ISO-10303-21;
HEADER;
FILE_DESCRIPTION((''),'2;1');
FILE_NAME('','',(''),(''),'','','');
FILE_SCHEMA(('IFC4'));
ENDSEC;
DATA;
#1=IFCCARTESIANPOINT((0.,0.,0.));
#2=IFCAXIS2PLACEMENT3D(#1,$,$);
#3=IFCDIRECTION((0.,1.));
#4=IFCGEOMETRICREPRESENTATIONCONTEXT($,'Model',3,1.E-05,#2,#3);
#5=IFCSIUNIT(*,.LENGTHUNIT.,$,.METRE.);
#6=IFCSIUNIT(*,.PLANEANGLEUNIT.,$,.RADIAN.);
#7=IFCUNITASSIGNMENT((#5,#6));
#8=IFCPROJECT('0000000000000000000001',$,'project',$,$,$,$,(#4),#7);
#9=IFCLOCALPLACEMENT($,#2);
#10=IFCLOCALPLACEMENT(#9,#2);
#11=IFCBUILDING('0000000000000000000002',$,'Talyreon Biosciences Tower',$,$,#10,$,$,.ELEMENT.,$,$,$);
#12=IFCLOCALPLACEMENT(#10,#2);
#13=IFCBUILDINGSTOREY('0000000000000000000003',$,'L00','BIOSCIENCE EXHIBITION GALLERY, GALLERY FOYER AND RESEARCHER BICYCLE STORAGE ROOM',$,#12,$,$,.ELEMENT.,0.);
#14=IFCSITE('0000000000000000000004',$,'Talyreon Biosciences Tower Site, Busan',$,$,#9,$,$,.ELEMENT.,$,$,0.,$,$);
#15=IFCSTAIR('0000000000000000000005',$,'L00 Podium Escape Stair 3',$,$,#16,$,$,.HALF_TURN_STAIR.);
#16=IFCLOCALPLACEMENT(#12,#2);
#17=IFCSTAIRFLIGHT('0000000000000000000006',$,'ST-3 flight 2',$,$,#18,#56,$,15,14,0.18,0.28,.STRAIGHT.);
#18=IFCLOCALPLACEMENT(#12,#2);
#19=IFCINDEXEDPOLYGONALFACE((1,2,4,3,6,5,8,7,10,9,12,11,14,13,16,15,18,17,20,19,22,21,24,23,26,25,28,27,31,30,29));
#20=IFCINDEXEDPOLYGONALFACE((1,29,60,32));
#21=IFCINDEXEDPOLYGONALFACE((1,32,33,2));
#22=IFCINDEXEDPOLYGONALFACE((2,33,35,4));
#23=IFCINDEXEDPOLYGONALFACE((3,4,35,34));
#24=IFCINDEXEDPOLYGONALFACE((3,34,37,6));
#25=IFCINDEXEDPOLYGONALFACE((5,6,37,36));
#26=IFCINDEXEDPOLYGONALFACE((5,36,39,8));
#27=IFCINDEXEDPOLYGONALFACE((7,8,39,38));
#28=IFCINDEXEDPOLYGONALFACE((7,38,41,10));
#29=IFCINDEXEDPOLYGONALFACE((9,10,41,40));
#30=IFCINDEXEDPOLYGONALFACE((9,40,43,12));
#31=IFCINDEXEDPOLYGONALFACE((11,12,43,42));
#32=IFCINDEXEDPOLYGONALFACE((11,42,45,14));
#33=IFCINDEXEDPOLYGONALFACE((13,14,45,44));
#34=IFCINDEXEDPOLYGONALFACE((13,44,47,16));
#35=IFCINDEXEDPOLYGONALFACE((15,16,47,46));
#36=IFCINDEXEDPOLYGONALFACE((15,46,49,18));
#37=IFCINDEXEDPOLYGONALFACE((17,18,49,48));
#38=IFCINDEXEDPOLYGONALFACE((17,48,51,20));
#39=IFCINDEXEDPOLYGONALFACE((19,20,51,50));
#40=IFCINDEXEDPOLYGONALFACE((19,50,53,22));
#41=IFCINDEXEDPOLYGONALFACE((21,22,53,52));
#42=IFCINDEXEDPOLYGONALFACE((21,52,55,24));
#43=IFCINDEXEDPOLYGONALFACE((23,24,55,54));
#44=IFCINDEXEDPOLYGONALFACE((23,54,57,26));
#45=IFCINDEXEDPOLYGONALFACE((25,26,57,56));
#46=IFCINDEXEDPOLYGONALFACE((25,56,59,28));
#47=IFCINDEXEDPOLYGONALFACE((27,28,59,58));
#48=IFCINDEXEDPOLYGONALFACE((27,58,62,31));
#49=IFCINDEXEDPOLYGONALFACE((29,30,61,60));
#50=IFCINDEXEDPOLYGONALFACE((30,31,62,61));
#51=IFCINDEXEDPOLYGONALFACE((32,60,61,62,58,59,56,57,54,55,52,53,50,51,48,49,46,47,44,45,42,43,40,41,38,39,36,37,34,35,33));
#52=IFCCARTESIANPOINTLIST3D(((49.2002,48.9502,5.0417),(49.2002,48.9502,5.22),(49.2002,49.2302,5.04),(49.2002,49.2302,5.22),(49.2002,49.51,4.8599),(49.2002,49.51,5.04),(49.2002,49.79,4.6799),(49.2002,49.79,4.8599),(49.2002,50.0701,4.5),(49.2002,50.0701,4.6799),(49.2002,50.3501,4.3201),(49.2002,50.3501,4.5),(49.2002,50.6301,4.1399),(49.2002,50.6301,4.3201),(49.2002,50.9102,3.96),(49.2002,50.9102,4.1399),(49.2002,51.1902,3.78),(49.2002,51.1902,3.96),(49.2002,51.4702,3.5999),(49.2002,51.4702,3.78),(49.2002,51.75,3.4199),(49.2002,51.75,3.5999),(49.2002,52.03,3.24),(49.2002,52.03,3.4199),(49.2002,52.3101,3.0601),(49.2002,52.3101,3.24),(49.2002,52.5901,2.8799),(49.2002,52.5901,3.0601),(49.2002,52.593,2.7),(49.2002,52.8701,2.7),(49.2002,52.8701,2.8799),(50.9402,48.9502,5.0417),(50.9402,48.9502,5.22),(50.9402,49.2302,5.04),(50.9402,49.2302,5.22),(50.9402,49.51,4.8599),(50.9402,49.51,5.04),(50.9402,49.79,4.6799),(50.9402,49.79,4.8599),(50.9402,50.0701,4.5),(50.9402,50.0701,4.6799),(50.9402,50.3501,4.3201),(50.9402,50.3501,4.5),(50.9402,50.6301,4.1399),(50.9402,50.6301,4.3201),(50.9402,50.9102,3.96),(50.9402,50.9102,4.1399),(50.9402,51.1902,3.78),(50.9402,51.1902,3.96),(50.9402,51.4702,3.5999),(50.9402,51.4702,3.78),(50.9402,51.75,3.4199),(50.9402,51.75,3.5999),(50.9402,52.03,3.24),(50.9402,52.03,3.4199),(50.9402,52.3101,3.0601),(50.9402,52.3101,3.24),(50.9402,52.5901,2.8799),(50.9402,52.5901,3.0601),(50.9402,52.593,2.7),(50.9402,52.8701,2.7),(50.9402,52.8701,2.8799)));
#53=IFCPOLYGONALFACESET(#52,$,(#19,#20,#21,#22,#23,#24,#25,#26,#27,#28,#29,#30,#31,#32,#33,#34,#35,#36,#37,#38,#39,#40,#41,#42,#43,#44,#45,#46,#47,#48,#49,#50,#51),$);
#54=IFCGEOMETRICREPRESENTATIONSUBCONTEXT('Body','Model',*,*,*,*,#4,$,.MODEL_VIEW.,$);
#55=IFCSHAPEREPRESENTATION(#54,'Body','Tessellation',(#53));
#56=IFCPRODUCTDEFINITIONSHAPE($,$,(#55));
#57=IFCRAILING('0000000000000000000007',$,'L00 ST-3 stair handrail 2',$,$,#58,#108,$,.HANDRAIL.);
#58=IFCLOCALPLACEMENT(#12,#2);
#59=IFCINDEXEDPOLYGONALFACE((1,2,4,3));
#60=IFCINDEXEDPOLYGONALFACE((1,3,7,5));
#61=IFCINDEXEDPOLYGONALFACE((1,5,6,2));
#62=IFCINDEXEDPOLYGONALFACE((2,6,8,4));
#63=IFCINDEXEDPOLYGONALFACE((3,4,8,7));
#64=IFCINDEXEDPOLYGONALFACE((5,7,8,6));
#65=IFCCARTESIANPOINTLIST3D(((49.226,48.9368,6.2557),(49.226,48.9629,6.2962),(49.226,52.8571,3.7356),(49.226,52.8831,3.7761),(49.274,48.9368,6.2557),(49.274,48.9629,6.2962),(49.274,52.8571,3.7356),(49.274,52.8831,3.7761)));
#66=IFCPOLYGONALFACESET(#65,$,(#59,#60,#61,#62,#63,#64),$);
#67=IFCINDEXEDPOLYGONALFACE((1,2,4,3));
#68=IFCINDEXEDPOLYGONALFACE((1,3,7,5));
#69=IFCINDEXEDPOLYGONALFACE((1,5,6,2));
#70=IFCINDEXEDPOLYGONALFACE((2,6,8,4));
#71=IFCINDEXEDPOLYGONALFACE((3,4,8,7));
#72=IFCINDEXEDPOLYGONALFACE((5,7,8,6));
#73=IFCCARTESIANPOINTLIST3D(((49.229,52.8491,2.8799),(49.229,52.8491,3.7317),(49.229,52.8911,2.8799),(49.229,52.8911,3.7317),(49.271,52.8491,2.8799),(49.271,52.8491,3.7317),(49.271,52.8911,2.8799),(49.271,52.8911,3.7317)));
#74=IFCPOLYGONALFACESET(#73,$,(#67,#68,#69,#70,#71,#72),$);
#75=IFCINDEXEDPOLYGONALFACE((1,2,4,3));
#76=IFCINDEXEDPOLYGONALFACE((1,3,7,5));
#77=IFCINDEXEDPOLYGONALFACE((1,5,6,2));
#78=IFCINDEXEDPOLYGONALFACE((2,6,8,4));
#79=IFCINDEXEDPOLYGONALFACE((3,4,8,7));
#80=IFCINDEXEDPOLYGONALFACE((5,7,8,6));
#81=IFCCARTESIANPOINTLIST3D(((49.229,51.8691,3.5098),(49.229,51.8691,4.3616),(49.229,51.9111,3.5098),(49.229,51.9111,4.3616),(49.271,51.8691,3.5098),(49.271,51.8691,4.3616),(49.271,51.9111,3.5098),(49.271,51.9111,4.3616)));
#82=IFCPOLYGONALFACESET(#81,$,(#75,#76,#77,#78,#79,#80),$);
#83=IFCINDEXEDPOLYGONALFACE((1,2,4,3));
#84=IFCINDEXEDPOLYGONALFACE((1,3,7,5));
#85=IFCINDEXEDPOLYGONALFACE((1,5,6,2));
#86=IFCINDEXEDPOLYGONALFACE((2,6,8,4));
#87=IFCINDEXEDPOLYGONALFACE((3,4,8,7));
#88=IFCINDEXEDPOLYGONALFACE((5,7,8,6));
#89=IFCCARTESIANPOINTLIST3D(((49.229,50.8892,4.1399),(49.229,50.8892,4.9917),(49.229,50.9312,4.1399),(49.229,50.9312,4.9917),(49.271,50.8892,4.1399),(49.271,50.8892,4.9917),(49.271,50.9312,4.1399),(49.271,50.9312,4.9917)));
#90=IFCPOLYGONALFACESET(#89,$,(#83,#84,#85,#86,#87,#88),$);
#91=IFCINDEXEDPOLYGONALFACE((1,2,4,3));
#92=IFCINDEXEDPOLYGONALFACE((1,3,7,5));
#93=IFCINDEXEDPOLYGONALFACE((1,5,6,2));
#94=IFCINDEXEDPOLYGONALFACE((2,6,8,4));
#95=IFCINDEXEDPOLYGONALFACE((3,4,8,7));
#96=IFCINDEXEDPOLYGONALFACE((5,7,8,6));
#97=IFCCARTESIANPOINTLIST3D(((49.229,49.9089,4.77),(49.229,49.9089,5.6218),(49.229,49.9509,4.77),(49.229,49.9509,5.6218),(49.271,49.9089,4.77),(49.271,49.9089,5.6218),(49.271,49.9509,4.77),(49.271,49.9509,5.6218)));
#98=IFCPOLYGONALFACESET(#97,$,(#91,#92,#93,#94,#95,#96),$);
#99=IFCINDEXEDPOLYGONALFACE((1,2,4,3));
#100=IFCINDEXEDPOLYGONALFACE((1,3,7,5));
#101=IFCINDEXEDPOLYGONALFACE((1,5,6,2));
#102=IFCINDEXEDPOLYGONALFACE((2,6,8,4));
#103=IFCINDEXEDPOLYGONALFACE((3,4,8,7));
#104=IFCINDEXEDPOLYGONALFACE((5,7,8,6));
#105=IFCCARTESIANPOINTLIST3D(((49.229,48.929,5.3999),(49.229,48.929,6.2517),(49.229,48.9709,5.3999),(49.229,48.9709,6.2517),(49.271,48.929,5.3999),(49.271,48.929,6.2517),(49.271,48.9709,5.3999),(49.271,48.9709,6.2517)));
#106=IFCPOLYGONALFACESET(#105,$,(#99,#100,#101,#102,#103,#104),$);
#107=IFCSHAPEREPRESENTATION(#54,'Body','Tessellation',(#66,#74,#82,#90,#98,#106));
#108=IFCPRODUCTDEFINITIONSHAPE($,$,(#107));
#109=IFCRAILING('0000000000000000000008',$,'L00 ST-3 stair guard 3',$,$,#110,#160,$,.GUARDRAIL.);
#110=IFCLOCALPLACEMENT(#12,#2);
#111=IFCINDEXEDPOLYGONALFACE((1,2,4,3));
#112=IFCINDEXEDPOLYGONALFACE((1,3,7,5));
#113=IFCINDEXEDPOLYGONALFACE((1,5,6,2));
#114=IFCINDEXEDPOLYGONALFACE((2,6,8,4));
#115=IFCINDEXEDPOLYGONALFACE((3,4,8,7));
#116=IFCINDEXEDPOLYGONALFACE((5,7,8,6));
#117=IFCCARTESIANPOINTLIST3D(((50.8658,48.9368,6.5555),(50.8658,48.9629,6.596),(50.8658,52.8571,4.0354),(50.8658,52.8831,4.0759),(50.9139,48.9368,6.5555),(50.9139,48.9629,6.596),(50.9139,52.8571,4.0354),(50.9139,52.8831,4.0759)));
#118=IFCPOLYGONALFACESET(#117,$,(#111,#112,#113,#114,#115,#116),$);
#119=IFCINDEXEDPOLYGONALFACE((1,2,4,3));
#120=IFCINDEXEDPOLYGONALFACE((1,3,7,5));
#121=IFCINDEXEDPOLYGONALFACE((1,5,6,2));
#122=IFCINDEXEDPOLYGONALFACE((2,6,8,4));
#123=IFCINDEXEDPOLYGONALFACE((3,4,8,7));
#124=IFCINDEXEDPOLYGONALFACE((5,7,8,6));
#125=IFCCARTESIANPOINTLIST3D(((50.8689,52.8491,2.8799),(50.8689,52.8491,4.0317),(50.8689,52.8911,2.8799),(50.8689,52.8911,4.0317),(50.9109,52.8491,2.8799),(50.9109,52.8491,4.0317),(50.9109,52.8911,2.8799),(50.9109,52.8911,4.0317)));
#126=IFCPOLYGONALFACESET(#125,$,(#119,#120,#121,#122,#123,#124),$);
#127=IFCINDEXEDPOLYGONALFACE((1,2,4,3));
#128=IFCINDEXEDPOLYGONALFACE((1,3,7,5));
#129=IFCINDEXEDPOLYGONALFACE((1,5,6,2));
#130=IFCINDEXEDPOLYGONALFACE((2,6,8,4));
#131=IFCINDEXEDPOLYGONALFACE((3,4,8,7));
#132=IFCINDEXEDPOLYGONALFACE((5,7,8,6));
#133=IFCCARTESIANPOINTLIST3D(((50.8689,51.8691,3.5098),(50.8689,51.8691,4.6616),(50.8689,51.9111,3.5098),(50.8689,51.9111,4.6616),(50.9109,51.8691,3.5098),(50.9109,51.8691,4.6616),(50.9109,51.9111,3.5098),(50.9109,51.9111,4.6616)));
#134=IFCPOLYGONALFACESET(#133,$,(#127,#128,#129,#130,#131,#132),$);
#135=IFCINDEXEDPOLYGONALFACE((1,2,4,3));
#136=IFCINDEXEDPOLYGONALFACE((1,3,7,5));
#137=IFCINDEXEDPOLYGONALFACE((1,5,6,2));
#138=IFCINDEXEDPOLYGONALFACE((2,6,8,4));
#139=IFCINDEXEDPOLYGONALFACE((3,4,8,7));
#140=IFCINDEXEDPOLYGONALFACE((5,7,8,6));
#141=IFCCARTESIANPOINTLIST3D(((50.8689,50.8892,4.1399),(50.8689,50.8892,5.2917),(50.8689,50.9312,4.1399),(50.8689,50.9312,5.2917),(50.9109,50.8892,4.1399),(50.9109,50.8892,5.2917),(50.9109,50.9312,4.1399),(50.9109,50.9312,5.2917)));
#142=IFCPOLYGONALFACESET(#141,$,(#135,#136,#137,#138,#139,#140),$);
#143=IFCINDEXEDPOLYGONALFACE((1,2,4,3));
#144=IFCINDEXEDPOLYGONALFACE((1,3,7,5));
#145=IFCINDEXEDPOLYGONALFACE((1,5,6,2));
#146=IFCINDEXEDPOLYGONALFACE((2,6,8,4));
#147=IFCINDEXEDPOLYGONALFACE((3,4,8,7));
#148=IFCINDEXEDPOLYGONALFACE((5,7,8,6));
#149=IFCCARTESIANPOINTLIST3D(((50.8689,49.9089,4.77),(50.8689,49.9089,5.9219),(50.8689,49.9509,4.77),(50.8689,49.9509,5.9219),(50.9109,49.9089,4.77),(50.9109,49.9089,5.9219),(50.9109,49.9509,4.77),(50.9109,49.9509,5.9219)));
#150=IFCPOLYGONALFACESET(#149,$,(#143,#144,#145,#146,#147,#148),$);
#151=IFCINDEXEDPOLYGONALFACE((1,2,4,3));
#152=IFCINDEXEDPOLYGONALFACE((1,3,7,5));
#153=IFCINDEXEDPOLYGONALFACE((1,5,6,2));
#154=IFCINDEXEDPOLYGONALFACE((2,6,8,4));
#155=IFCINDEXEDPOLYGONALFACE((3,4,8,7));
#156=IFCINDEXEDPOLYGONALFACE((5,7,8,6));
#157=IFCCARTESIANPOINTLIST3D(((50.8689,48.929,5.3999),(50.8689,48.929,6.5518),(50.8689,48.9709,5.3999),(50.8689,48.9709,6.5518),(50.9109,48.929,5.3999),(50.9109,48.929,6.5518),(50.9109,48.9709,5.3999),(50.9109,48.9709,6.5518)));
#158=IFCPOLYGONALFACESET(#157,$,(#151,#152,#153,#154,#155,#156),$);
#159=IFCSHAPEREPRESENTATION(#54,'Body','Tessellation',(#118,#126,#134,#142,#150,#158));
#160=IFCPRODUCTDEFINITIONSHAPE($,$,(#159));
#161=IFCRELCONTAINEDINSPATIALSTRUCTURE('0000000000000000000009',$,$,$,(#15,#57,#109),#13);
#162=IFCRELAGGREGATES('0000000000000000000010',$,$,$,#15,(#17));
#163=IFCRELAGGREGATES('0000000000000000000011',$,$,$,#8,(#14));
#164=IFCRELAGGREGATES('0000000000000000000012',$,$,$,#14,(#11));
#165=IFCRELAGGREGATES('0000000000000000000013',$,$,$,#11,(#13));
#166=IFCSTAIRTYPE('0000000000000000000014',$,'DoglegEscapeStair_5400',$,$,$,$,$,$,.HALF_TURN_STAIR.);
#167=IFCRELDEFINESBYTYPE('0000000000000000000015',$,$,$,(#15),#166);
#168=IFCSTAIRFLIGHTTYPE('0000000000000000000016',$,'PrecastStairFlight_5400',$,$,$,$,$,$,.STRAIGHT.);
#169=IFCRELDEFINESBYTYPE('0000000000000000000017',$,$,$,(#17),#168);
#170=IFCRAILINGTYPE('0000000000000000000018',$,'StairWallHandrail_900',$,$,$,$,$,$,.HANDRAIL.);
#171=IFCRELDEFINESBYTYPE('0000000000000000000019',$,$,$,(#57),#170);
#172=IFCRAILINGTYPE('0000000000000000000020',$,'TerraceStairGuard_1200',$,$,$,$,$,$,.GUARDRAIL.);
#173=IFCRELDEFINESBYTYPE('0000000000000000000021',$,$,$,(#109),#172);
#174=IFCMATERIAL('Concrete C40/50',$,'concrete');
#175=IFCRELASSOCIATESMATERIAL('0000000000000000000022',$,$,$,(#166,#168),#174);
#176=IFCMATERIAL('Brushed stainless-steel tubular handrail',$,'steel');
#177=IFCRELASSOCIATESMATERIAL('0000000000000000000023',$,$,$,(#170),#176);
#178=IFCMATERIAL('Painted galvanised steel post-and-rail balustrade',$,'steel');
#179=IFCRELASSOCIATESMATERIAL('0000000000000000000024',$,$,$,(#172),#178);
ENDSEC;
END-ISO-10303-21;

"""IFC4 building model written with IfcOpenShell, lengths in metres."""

from ifc_helpers import new_model, si_unit, direction, frame, origin, origin_2d, place, context, subcontext, project, spatial, polyline, rectangle, outline, extrude, material, type_object, element, aggregate, save


model = new_model("IFC4")

# Units and contexts
model_context = context("Model", 3, precision=1e-05, world=origin(), true_north=direction((0.0, 1.0)))
body_context = subcontext(model_context, "Body", "Model", "MODEL_VIEW")
ifc_project = project(units=[si_unit("LENGTHUNIT", "METRE"), si_unit("PLANEANGLEUNIT", "RADIAN")], contexts=[model_context])

# Site, building, storey
site_placement = place(None, origin())
site = spatial("IfcSite", under=ifc_project, at=site_placement, Name="Talyreon Biosciences Tower Site, Busan", CompositionType="ELEMENT", RefElevation=0.0)
building_placement = place(site_placement, origin())
building = spatial("IfcBuilding", under=site, at=building_placement, Name="Talyreon Biosciences Tower", CompositionType="ELEMENT")
storey_placement = place(building_placement, origin())
storey = spatial("IfcBuildingStorey", under=building, at=storey_placement, Name="L00", Description="BIOSCIENCE EXHIBITION GALLERY, GALLERY FOYER AND RESEARCHER BICYCLE STORAGE ROOM", CompositionType="ELEMENT", Elevation=0.0)

# Stair, stair flight
ifc_material_1 = material(Name="Concrete C40/50", Category="concrete")
stair_type = type_object("IfcStairType", Name="DoglegEscapeStair_5400", PredefinedType="HALF_TURN_STAIR", material=ifc_material_1)
stair_placement = place(storey_placement, origin())
stair = element("IfcStair", 1, at=stair_placement, inside=storey, type_object=stair_type, Name="L00 Podium Escape Stair 3", PredefinedType="HALF_TURN_STAIR")
stair_flight_type = type_object("IfcStairFlightType", Name="PrecastStairFlight_5400", PredefinedType="STRAIGHT", material=ifc_material_1)
stair_flight_placement = place(storey_placement, frame((50.0701, 52.8701, 2.7), z_axis=(0.0, 0.0, 1.0), x_axis=(0.0, -1.0, 0.0)))
stair_flight = element("IfcStairFlight", 2, at=stair_flight_placement, type_object=stair_flight_type, Name="ST-3 flight 2", NumberOfRisers=15, NumberOfTreads=14, PredefinedType="STRAIGHT", RiserHeight=0.18, TreadLength=0.28, context=body_context, shape_type="SweptSolid", body=[
    extrude(outline(polyline([(0.0, 0.0), (0.0, 0.1799), (0.28, 0.1799), (0.28, 0.3601), (0.5601, 0.3601), (0.5601, 0.54), (0.8401, 0.54), (0.8401, 0.72), (1.1201, 0.72), (1.1201, 0.8999), (1.3999, 0.8999), (1.3999, 1.0801), (1.6799, 1.0801), (1.6799, 1.26), (1.96, 1.26), (1.96, 1.4399), (2.24, 1.4399), (2.24, 1.6201), (2.52, 1.6201), (2.52, 1.8), (2.8, 1.8), (2.8, 1.98), (3.0801, 1.98), (3.0801, 2.1599), (3.3601, 2.1599), (3.3601, 2.3401), (3.6399, 2.3401), (3.6399, 2.52), (3.9199, 2.52), (3.9199, 2.7), (3.9199, 2.3418), (0.2771, 0.0), (0.0, 0.0)])), frame((0.0, 0.8701, 0.0), z_axis=(0.0, -1.0, 0.0), x_axis=(1.0, 0.0, 0.0)), (0.0, 0.0, 1.0), 1.74),
])
aggregate(stair, [stair_flight])

# Railings
ifc_material_2 = material(Name="Brushed stainless-steel tubular handrail", Category="steel")
railing_type_1 = type_object("IfcRailingType", Name="StairWallHandrail_900", PredefinedType="HANDRAIL", material=ifc_material_2)
railing_1_placement = place(storey_placement, frame((49.25, 52.8701, 2.8799)))
element("IfcRailing", 3, at=railing_1_placement, inside=storey, type_object=railing_type_1, Name="L00 ST-3 stair handrail 2", PredefinedType="HANDRAIL", context=body_context, shape_type="SweptSolid", body=[
    extrude(rectangle(XDim=0.0481, YDim=0.0481, at=origin_2d()), frame((0.0, 0.0, 0.876), z_axis=(0.0, -0.841187, 0.540744), x_axis=(1.0, 0.0, 0.0)), (0.0, 0.0, 1.0), 4.6604),
    extrude(rectangle(XDim=0.042, YDim=0.042, at=origin_2d()), origin(), (0.0, 0.0, 1.0), 0.8518),
    extrude(rectangle(XDim=0.042, YDim=0.042, at=origin_2d()), frame((0.0, -0.98, 0.6299)), (0.0, 0.0, 1.0), 0.8518),
    extrude(rectangle(XDim=0.042, YDim=0.042, at=origin_2d()), frame((0.0, -1.96, 1.26)), (0.0, 0.0, 1.0), 0.8518),
    extrude(rectangle(XDim=0.042, YDim=0.042, at=origin_2d()), frame((0.0, -2.9402, 1.8901)), (0.0, 0.0, 1.0), 0.8518),
    extrude(rectangle(XDim=0.042, YDim=0.042, at=origin_2d()), frame((0.0, -3.9202, 2.52)), (0.0, 0.0, 1.0), 0.8518),
])
ifc_material_3 = material(Name="Painted galvanised steel post-and-rail balustrade", Category="steel")
railing_type_2 = type_object("IfcRailingType", Name="TerraceStairGuard_1200", PredefinedType="GUARDRAIL", material=ifc_material_3)
railing_2_placement = place(storey_placement, frame((50.8899, 52.8701, 2.8799)))
element("IfcRailing", 4, at=railing_2_placement, inside=storey, type_object=railing_type_2, Name="L00 ST-3 stair guard 3", PredefinedType="GUARDRAIL", context=body_context, shape_type="SweptSolid", body=[
    extrude(rectangle(XDim=0.0481, YDim=0.0481, at=origin_2d()), frame((0.0, 0.0, 1.1758), z_axis=(0.0, -0.841187, 0.540744), x_axis=(1.0, 0.0, 0.0)), (0.0, 0.0, 1.0), 4.6604),
    extrude(rectangle(XDim=0.042, YDim=0.042, at=origin_2d()), origin(), (0.0, 0.0, 1.0), 1.1519),
    extrude(rectangle(XDim=0.042, YDim=0.042, at=origin_2d()), frame((0.0, -0.98, 0.6299)), (0.0, 0.0, 1.0), 1.1519),
    extrude(rectangle(XDim=0.042, YDim=0.042, at=origin_2d()), frame((0.0, -1.96, 1.26)), (0.0, 0.0, 1.0), 1.1519),
    extrude(rectangle(XDim=0.042, YDim=0.042, at=origin_2d()), frame((0.0, -2.9402, 1.8901)), (0.0, 0.0, 1.0), 1.1519),
    extrude(rectangle(XDim=0.042, YDim=0.042, at=origin_2d()), frame((0.0, -3.9202, 2.52)), (0.0, 0.0, 1.0), 1.1519),
])

save(model, "model.ifc")
